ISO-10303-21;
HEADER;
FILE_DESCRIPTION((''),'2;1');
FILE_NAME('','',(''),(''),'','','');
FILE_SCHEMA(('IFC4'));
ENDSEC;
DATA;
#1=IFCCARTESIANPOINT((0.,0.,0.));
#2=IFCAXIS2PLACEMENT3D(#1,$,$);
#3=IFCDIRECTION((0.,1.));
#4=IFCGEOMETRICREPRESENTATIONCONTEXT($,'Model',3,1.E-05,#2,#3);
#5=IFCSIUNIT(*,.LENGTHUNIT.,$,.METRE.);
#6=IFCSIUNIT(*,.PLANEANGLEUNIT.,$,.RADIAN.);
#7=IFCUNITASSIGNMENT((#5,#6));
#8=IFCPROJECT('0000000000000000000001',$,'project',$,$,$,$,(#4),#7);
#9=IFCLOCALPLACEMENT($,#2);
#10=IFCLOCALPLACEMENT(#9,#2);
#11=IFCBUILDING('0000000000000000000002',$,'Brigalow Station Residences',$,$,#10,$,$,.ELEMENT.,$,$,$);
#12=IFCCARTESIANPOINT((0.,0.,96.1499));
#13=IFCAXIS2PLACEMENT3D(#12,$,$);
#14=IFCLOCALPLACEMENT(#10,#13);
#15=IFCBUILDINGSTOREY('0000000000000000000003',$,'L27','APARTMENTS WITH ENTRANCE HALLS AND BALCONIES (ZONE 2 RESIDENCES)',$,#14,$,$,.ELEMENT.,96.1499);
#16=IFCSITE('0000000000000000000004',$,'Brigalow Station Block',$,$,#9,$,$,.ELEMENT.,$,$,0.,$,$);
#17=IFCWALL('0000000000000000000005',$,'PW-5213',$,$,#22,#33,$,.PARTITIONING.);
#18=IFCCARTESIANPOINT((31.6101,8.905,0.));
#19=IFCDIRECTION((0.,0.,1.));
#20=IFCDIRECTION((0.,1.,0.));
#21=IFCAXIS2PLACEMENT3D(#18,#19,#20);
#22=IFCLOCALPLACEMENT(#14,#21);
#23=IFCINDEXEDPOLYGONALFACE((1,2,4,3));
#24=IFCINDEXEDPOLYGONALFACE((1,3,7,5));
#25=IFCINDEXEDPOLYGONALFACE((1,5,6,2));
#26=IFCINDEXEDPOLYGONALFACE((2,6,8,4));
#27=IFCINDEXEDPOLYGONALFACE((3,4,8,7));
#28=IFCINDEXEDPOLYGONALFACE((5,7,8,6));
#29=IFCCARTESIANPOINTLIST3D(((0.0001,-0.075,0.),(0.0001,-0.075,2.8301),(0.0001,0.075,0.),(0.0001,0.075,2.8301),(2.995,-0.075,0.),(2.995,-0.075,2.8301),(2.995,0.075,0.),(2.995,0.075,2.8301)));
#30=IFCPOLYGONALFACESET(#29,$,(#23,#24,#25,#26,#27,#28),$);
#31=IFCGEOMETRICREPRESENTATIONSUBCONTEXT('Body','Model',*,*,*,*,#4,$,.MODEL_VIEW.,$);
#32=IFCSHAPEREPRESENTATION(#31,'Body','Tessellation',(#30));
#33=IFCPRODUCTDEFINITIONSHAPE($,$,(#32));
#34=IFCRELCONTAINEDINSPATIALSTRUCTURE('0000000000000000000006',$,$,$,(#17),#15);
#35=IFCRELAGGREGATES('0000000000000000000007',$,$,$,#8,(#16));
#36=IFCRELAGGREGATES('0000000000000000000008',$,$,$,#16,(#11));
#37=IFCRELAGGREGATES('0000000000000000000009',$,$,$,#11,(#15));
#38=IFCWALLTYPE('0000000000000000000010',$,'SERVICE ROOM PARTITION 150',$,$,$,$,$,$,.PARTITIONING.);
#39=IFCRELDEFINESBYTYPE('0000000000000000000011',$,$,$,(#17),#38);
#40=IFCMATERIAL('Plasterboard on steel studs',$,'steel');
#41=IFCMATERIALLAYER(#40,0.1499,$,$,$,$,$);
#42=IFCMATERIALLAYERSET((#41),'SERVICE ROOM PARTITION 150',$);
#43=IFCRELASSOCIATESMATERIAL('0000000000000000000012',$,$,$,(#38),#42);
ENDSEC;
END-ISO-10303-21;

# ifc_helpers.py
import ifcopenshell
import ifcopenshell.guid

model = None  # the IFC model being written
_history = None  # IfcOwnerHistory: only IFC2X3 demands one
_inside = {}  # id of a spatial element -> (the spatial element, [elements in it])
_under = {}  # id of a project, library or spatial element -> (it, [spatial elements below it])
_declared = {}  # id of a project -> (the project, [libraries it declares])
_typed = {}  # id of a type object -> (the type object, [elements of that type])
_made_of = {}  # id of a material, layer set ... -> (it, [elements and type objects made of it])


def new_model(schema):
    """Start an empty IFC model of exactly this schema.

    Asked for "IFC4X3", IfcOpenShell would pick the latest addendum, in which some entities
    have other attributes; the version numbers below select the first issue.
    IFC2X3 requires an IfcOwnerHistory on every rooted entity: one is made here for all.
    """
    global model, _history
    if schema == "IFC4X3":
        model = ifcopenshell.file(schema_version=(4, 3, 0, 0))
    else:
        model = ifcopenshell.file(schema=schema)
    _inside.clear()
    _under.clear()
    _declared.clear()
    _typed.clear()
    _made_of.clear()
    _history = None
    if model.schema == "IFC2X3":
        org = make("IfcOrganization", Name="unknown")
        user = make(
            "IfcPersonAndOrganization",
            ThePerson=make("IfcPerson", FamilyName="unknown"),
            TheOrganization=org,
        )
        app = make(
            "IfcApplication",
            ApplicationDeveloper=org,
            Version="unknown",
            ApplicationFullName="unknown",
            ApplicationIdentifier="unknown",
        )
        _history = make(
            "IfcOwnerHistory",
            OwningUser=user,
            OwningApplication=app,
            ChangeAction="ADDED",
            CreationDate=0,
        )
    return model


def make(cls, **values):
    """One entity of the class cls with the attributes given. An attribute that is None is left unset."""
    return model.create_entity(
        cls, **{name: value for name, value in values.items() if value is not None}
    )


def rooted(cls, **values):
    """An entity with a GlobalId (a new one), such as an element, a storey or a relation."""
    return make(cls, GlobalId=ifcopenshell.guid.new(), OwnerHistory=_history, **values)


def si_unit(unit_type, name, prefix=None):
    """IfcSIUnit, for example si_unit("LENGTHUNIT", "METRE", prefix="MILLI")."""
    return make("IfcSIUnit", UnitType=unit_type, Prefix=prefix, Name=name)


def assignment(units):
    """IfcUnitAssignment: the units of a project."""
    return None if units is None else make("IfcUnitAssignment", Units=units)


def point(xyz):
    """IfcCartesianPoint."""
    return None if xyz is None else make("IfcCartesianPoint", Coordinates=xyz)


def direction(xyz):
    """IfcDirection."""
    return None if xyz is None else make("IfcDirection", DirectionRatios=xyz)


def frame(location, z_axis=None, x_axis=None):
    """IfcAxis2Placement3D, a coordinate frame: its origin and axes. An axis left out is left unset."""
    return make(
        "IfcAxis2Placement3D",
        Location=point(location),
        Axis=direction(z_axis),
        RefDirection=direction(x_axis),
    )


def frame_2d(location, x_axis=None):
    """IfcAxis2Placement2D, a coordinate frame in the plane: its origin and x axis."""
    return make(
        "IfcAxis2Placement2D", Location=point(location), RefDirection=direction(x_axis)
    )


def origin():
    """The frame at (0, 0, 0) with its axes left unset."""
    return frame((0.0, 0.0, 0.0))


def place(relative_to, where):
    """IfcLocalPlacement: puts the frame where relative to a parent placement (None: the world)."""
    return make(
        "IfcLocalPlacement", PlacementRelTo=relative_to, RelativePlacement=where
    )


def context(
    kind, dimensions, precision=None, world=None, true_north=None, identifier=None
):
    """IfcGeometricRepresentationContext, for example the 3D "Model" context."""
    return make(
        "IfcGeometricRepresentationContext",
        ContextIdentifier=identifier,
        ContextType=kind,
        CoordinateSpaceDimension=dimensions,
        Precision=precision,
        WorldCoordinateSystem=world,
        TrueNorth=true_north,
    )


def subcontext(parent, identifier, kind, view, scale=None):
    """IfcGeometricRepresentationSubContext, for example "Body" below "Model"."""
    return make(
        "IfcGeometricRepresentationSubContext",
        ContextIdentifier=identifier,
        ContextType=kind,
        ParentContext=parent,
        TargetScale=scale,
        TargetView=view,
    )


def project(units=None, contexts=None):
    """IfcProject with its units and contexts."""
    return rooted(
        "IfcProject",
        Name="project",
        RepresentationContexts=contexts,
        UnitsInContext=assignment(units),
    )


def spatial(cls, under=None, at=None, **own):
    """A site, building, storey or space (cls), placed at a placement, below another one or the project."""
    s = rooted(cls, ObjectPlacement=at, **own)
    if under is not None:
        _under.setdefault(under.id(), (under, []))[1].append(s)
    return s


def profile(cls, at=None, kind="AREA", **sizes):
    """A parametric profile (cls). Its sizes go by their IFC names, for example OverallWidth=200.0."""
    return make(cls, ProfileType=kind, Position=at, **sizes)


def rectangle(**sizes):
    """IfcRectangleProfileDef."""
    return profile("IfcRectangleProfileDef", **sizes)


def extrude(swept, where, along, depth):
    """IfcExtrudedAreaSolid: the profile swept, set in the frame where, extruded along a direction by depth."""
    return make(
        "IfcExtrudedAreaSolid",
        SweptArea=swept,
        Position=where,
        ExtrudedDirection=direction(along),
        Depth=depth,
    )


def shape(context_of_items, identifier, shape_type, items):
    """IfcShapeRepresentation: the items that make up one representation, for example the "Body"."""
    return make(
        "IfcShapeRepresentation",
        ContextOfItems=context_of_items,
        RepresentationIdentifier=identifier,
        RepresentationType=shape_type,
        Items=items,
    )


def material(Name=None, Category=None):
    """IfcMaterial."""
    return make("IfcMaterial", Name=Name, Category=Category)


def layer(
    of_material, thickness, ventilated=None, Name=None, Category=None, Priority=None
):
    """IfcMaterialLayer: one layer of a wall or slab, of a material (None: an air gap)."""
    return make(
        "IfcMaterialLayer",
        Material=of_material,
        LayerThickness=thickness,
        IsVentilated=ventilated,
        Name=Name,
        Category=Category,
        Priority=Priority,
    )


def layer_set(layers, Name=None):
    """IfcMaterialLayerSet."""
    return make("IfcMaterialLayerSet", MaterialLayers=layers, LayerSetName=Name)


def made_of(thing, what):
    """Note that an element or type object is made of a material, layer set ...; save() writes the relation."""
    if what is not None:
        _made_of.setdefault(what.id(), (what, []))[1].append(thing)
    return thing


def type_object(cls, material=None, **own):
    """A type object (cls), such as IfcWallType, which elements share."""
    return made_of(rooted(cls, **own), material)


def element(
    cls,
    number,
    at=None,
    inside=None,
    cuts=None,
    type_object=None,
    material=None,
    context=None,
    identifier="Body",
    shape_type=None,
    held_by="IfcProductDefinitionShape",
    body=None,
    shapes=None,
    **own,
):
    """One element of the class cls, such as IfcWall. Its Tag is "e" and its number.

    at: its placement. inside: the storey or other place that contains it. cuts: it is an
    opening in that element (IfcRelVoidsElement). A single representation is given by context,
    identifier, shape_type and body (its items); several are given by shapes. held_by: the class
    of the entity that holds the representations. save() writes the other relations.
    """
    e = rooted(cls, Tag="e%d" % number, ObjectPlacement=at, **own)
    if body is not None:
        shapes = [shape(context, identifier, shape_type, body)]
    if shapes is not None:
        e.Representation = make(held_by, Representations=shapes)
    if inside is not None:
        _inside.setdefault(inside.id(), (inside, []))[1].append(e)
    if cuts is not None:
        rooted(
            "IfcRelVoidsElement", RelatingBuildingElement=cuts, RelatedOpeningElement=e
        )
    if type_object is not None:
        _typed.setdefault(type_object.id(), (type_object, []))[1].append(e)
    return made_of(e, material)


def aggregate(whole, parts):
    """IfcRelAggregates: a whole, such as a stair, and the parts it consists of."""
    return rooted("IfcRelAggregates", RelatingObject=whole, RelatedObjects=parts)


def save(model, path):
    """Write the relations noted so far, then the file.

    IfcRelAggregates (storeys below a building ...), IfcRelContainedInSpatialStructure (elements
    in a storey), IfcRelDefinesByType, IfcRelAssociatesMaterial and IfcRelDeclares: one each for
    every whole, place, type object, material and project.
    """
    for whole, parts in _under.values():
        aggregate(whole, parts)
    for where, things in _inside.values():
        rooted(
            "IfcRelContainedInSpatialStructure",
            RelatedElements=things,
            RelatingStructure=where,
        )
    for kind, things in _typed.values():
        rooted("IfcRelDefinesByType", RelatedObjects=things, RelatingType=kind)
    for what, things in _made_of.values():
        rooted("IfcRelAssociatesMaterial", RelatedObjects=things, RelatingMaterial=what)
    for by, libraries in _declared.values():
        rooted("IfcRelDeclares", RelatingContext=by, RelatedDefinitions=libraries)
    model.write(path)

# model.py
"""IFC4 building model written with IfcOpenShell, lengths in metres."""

from ifc_helpers import new_model, si_unit, direction, frame, frame_2d, origin, place, context, subcontext, project, spatial, rectangle, extrude, material, layer, layer_set, type_object, element, save


model = new_model("IFC4")

# Units and contexts
model_context = context("Model", 3, precision=1e-05, world=origin(), true_north=direction((0.0, 1.0)))
body_context = subcontext(model_context, "Body", "Model", "MODEL_VIEW")
ifc_project = project(units=[si_unit("LENGTHUNIT", "METRE"), si_unit("PLANEANGLEUNIT", "RADIAN")], contexts=[model_context])

# Site, building, storey
site_placement = place(None, origin())
site = spatial("IfcSite", under=ifc_project, at=site_placement, Name="Brigalow Station Block", CompositionType="ELEMENT", RefElevation=0.0)
building_placement = place(site_placement, origin())
building = spatial("IfcBuilding", under=site, at=building_placement, Name="Brigalow Station Residences", CompositionType="ELEMENT")
storey_placement = place(building_placement, frame((0.0, 0.0, 96.1499)))
storey = spatial("IfcBuildingStorey", under=building, at=storey_placement, Name="L27", Description="APARTMENTS WITH ENTRANCE HALLS AND BALCONIES (ZONE 2 RESIDENCES)", CompositionType="ELEMENT", Elevation=96.1499)

# Wall
ifc_material_1 = material(Name="Plasterboard on steel studs", Category="steel")
ifc_layer_1 = layer(ifc_material_1, 0.1499)
ifc_layer_set_1 = layer_set([ifc_layer_1], Name="SERVICE ROOM PARTITION 150")
wall_type_1 = type_object("IfcWallType", Name="SERVICE ROOM PARTITION 150", PredefinedType="PARTITIONING", material=ifc_layer_set_1)
wall_1_placement = place(storey_placement, frame((31.6101, 8.905, 0.0), z_axis=(0.0, 0.0, 1.0), x_axis=(0.0, 1.0, 0.0)))
element("IfcWall", 1, at=wall_1_placement, inside=storey, type_object=wall_type_1, Name="PW-5213", PredefinedType="PARTITIONING", context=body_context, shape_type="SweptSolid", body=[
    extrude(rectangle(XDim=2.9949, YDim=0.1499, at=frame_2d((1.4976, 0.0))), origin(), (0.0, 0.0, 1.0), 2.8301),
])

save(model, "model.ifc")
